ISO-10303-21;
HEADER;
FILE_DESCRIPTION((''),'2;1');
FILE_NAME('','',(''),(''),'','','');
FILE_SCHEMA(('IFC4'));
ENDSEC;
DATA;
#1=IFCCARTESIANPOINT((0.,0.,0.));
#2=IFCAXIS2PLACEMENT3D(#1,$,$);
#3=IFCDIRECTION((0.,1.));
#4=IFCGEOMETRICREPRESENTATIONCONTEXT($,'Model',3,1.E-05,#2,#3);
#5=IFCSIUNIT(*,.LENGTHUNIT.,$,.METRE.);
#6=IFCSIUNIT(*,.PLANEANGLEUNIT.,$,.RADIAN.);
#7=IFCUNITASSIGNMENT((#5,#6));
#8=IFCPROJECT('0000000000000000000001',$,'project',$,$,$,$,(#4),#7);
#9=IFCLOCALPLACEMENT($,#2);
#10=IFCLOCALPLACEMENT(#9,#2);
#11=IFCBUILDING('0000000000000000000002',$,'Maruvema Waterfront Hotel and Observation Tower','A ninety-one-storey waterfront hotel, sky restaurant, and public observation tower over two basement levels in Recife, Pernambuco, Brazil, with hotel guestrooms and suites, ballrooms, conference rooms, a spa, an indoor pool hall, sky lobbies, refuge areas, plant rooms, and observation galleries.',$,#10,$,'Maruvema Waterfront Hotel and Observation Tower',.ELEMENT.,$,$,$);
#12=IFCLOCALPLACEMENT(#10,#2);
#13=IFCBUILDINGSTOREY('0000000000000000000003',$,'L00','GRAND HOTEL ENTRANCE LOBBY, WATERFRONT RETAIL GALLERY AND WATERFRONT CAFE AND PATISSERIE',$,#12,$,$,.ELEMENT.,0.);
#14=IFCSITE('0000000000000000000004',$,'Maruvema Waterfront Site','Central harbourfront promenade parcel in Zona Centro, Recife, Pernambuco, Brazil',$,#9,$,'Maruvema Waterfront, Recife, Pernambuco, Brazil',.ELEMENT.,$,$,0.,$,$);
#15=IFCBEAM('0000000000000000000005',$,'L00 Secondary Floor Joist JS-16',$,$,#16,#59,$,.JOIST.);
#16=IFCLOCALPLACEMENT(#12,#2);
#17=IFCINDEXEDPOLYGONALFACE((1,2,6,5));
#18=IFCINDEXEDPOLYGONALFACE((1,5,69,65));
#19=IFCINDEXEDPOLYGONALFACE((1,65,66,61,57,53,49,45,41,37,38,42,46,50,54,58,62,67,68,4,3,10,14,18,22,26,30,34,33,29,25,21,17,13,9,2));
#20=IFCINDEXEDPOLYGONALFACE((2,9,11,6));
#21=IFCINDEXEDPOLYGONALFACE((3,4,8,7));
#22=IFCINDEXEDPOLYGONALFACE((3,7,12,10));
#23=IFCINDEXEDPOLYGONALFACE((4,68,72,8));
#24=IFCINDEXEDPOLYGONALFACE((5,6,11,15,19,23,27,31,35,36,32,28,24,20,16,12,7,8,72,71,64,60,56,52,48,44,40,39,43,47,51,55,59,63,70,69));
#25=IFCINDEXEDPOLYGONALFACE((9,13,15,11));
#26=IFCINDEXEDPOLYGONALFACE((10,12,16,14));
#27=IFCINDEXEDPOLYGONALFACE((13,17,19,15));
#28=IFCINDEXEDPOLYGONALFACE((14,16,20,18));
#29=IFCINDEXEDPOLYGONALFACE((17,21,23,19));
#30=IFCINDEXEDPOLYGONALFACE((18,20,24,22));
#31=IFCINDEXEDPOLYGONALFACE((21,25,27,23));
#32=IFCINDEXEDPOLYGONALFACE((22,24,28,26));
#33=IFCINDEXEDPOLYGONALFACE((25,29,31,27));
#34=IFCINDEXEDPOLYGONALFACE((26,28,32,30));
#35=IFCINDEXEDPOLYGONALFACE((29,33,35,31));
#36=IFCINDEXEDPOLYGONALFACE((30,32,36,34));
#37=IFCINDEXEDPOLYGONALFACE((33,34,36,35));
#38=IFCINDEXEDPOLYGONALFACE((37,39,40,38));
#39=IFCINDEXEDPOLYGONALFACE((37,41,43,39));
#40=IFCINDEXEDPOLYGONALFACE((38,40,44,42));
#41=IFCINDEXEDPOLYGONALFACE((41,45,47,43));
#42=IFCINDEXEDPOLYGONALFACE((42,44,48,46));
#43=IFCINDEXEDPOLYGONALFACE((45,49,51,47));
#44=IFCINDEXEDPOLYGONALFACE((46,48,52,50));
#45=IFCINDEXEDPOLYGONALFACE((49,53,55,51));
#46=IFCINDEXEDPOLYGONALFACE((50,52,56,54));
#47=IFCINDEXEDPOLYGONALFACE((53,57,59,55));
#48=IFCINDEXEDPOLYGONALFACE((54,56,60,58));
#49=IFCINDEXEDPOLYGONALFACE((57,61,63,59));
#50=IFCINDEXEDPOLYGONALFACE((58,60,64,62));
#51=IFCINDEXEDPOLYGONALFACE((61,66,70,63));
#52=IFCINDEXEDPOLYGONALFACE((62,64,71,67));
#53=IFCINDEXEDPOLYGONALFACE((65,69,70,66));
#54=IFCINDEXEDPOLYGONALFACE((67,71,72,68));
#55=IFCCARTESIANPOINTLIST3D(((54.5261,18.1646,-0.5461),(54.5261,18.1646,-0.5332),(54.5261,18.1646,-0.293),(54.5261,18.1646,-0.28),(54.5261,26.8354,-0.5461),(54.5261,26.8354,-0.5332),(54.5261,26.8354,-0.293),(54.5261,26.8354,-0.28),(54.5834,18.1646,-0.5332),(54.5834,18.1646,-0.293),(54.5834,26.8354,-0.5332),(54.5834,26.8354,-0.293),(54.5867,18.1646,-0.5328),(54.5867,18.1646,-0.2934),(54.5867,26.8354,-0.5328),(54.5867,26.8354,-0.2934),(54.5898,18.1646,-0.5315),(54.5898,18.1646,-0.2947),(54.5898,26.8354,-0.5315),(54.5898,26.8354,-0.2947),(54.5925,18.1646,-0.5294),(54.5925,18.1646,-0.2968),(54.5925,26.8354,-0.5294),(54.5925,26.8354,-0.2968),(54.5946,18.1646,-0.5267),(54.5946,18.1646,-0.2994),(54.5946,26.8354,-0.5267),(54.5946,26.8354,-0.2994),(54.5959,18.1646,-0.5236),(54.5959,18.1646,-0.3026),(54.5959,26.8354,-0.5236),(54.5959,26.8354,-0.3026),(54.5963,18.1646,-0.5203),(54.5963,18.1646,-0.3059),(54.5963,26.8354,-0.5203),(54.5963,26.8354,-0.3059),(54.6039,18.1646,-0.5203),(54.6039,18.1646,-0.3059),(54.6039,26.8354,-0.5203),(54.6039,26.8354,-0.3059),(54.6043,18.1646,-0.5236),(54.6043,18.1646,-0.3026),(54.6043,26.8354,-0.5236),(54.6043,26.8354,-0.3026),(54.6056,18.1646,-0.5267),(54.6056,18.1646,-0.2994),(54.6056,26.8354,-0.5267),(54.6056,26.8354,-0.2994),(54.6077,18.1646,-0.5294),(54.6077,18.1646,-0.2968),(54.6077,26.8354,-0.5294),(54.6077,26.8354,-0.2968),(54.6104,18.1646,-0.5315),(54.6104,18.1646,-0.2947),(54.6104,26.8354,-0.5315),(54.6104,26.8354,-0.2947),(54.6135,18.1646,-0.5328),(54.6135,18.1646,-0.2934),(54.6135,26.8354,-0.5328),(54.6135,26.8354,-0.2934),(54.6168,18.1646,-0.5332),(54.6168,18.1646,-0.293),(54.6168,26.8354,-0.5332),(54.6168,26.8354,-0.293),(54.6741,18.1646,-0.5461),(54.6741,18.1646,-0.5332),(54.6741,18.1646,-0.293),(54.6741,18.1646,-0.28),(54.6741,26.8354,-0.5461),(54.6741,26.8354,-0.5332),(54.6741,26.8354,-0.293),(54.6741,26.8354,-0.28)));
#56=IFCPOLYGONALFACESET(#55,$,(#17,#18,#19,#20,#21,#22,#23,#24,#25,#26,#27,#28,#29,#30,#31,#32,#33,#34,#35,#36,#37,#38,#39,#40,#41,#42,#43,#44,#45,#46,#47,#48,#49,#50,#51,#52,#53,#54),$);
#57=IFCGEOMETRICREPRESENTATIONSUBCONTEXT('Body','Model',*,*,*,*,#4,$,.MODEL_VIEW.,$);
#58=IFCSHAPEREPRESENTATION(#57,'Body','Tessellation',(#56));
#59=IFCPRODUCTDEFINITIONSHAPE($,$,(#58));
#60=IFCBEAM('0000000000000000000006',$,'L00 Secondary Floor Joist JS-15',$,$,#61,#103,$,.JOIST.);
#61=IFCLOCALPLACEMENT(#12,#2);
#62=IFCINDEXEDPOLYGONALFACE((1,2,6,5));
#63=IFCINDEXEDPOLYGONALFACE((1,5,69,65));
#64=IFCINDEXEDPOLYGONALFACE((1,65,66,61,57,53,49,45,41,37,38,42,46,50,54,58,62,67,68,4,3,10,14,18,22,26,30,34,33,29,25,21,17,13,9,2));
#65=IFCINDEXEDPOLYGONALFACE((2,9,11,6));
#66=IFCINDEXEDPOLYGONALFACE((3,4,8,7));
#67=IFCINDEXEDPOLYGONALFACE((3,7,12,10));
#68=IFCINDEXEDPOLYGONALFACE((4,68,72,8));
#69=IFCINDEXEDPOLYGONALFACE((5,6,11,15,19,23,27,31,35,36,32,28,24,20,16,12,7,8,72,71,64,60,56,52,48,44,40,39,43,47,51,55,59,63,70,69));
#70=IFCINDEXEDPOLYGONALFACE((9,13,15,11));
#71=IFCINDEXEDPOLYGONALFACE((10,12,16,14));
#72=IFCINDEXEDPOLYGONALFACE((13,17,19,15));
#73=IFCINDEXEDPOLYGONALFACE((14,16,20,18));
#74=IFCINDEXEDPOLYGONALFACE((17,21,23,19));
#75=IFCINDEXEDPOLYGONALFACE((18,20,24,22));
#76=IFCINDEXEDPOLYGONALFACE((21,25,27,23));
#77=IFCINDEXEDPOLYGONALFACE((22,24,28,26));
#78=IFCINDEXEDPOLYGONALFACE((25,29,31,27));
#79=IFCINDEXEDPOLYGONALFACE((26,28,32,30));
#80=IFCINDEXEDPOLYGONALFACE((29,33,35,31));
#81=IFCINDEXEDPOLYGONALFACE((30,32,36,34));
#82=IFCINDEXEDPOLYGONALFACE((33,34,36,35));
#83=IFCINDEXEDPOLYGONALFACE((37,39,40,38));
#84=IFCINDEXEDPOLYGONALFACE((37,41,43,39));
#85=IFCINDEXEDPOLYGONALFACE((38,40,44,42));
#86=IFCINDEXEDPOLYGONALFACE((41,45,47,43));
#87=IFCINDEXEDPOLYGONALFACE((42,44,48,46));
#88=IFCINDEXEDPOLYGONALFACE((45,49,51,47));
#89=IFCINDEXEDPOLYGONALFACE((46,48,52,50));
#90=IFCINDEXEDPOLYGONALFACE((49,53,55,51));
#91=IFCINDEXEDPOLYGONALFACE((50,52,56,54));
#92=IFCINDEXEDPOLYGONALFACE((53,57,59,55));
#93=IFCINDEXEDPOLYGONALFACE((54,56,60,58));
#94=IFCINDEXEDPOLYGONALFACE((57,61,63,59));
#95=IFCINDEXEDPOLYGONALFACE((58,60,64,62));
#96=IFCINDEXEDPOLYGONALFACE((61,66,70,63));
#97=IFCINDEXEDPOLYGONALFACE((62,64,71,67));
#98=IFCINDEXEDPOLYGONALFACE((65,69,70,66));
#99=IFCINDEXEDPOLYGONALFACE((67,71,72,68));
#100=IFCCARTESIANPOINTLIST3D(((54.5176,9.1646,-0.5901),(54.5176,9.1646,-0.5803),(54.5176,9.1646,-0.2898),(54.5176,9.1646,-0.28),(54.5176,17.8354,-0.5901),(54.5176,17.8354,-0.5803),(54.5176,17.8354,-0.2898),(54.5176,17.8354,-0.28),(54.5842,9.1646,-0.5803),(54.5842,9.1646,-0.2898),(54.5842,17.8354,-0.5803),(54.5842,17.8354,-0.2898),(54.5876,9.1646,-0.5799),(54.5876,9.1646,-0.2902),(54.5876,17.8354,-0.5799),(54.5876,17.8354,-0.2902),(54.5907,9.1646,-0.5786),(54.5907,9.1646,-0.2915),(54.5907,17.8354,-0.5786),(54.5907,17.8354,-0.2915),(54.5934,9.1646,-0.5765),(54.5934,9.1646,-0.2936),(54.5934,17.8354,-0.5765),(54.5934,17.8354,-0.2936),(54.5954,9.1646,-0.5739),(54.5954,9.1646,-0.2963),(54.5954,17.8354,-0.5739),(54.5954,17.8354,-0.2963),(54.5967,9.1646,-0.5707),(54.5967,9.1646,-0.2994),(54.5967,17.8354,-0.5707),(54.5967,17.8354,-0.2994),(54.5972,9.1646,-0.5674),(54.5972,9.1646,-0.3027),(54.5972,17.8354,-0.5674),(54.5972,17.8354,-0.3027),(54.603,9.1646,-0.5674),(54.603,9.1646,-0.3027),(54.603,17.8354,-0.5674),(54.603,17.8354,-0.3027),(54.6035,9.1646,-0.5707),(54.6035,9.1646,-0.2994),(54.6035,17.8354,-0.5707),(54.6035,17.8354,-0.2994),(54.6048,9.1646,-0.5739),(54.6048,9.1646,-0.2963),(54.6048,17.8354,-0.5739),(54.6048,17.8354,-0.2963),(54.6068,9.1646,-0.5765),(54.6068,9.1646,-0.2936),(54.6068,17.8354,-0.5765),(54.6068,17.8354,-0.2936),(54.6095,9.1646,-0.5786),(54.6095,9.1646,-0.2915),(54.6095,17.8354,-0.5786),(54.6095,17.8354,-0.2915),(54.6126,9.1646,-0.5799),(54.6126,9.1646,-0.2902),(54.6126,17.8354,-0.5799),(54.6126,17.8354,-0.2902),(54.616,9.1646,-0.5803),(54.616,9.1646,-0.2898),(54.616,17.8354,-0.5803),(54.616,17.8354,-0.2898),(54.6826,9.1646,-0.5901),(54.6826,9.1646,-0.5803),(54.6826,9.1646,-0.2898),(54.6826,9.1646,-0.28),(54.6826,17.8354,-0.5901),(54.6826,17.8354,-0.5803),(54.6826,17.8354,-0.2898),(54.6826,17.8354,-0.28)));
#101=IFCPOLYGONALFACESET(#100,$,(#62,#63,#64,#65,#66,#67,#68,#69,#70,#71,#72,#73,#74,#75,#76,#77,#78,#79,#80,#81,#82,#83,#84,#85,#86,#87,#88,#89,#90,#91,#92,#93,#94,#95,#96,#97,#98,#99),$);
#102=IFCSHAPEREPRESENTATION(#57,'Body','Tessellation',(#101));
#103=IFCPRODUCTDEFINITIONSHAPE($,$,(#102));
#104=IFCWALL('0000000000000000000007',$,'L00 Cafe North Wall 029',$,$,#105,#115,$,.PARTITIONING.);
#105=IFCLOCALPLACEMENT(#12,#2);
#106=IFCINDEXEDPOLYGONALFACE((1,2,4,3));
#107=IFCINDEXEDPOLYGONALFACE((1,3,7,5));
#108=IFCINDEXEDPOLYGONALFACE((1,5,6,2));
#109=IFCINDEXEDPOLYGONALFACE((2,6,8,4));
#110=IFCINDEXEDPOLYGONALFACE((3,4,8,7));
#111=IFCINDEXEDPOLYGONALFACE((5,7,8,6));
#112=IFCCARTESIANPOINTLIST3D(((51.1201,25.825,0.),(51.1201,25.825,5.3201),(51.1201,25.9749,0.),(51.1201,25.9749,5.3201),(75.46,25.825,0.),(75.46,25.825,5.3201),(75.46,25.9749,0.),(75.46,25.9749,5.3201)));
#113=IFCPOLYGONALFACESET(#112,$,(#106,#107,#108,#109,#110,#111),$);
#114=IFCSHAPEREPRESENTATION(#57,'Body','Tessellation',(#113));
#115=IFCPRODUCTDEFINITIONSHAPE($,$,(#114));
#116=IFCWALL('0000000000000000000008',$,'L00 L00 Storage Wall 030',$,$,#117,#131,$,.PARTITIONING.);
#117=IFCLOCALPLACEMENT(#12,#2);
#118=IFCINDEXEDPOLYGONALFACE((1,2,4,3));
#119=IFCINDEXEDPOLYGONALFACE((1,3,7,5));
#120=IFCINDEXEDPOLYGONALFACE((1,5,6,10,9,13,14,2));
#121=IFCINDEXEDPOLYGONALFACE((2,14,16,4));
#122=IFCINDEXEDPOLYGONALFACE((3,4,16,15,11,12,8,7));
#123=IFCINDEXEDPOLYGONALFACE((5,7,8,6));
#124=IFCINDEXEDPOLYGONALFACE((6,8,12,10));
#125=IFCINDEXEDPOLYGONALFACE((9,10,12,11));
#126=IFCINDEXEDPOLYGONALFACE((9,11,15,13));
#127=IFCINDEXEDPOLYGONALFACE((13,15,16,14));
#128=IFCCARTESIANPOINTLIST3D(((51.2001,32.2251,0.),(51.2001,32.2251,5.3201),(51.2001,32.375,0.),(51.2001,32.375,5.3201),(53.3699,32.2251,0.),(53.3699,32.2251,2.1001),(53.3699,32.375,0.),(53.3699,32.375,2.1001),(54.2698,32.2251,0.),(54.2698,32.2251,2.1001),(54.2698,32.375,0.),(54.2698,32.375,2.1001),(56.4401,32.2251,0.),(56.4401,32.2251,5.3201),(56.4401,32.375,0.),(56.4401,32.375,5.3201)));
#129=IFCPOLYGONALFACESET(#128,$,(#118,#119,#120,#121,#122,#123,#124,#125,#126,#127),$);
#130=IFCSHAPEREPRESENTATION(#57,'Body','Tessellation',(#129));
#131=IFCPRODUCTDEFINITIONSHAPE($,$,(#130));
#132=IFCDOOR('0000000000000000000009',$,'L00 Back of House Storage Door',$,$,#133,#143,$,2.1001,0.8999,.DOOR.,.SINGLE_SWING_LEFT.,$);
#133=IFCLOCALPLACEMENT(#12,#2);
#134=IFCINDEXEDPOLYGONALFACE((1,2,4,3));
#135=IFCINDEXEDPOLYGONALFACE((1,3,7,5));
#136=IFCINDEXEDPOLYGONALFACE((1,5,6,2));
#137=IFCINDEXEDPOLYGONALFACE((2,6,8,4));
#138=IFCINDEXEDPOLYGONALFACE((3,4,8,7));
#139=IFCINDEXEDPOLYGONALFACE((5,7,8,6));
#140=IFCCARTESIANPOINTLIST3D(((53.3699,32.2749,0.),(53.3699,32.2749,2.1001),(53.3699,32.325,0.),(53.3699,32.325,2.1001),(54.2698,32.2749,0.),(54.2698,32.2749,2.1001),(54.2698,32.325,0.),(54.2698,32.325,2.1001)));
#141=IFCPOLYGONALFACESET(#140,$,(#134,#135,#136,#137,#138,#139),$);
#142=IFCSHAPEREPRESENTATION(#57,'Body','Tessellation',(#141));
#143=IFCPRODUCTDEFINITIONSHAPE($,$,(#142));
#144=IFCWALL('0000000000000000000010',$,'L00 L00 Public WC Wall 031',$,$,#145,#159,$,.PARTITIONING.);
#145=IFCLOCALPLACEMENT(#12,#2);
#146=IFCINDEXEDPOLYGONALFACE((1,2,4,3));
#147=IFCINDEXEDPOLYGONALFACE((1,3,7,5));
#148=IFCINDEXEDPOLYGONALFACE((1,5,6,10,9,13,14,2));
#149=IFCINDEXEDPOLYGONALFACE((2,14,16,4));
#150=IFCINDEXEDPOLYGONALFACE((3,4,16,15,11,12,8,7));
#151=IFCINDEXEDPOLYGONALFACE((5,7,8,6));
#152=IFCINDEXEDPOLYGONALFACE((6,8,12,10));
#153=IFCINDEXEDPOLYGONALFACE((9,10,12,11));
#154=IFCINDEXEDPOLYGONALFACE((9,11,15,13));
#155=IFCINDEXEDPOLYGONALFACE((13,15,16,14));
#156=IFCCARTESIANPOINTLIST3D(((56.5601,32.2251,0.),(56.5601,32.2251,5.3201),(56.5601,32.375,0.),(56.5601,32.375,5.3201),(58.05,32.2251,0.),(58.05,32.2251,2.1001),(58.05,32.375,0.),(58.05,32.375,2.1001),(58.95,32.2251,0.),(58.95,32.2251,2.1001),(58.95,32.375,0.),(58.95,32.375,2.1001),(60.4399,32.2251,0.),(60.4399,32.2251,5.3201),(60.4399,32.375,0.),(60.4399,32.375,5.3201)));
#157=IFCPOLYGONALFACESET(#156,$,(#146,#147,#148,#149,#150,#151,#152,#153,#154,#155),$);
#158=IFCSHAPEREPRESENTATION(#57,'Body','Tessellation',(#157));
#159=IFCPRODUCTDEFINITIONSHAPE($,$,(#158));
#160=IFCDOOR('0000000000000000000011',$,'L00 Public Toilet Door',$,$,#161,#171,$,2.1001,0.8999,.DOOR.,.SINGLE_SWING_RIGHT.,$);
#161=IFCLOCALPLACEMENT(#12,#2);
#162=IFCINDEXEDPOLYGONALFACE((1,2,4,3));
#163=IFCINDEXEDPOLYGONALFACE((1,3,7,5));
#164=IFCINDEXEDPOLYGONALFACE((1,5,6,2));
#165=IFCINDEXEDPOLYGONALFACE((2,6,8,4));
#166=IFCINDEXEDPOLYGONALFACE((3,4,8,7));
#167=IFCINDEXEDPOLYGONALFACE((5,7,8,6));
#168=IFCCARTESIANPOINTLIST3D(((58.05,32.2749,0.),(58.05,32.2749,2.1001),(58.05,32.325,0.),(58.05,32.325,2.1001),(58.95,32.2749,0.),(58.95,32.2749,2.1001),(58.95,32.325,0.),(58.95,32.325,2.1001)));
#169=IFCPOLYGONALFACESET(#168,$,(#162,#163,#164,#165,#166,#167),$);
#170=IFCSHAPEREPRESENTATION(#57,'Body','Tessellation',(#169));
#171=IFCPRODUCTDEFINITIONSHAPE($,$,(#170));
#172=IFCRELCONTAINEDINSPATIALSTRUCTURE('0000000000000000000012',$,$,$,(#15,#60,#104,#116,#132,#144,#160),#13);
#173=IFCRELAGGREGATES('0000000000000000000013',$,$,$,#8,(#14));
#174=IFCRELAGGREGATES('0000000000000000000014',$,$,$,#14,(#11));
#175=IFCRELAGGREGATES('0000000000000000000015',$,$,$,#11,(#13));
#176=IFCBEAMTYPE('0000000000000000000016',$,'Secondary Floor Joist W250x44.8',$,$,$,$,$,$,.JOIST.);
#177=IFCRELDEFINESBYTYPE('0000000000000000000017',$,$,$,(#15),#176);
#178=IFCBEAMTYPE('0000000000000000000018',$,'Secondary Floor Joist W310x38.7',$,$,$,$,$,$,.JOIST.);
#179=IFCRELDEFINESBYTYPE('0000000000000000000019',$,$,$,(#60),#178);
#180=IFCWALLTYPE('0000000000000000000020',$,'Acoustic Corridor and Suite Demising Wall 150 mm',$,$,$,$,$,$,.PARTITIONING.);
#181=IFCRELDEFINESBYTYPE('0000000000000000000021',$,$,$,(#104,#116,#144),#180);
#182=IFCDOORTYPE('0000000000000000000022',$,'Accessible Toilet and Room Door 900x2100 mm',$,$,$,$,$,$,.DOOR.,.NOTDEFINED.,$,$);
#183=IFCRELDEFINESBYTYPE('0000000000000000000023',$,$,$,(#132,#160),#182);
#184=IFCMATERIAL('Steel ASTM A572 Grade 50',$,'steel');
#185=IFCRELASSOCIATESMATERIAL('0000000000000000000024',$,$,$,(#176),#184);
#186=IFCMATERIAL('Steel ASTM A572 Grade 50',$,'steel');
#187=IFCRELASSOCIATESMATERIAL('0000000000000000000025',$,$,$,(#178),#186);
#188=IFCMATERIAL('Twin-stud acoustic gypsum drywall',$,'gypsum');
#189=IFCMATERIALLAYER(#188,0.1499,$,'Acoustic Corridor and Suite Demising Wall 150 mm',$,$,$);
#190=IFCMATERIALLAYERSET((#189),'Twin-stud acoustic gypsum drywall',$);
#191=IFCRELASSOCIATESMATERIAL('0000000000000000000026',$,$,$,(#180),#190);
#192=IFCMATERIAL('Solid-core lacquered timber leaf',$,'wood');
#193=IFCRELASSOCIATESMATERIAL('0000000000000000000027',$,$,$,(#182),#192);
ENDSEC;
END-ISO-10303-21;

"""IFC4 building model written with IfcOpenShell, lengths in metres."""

from ifc_helpers import new_model, si_unit, direction, frame, frame_2d, origin, origin_2d, place, context, subcontext, project, spatial, rectangle, i_section, extrude, material, layer, layer_set, material_profile, profile_set, type_object, element, fill, save


model = new_model("IFC4")

# Units and contexts
model_context = context("Model", 3, precision=1e-05, world=origin(), true_north=direction((0.0, 1.0)))
body_context = subcontext(model_context, "Body", "Model", "MODEL_VIEW")
ifc_project = project(units=[si_unit("LENGTHUNIT", "METRE"), si_unit("PLANEANGLEUNIT", "RADIAN")], contexts=[model_context])

# Site, building, storey
site_placement = place(None, origin())
site = spatial("IfcSite", under=ifc_project, at=site_placement, Name="Maruvema Waterfront Site", Description="Central harbourfront promenade parcel in Zona Centro, Recife, Pernambuco, Brazil", LongName="Maruvema Waterfront, Recife, Pernambuco, Brazil", CompositionType="ELEMENT", RefElevation=0.0)
building_placement = place(site_placement, origin())
building = spatial("IfcBuilding", under=site, at=building_placement, Name="Maruvema Waterfront Hotel and Observation Tower", Description="A ninety-one-storey waterfront hotel, sky restaurant, and public observation tower over two basement levels in Recife, Pernambuco, Brazil, with hotel guestrooms and suites, ballrooms, conference rooms, a spa, an indoor pool hall, sky lobbies, refuge areas, plant rooms, and observation galleries.", LongName="Maruvema Waterfront Hotel and Observation Tower", CompositionType="ELEMENT")
storey_placement = place(building_placement, origin())
storey = spatial("IfcBuildingStorey", under=building, at=storey_placement, Name="L00", Description="GRAND HOTEL ENTRANCE LOBBY, WATERFRONT RETAIL GALLERY AND WATERFRONT CAFE AND PATISSERIE", CompositionType="ELEMENT", Elevation=0.0)

# Beams
ifc_material_1 = material(Name="Steel ASTM A572 Grade 50", Category="steel")
ifc_material_profile_1 = material_profile(ifc_material_1, i_section(OverallWidth=0.1479, OverallDepth=0.2661, WebThickness=0.0076, FlangeThickness=0.0129, FilletRadius=0.0129, at=origin_2d()), Name="W250x44.8")
ifc_profile_set_1 = profile_set([ifc_material_profile_1], Name="Steel ASTM A572 Grade 50")
beam_type_1 = type_object("IfcBeamType", Name="Secondary Floor Joist W250x44.8", PredefinedType="JOIST", material=ifc_profile_set_1)
beam_1_placement = place(storey_placement, frame((54.6001, 18.1646, -0.4131), z_axis=(0.0, 1.0, 0.0), x_axis=(-1.0, 0.0, 0.0)))
element("IfcBeam", 1, at=beam_1_placement, inside=storey, type_object=beam_type_1, Name="L00 Secondary Floor Joist JS-16", PredefinedType="JOIST", context=body_context, shape_type="SweptSolid", body=[
    extrude(i_section(OverallWidth=0.1479, OverallDepth=0.2661, WebThickness=0.0076, FlangeThickness=0.0129, FilletRadius=0.0129, at=origin_2d()), origin(), (0.0, 0.0, 1.0), 8.6709),
])
ifc_material_2 = material(Name="Steel ASTM A572 Grade 50", Category="steel")
ifc_material_profile_2 = material_profile(ifc_material_2, i_section(OverallWidth=0.165, OverallDepth=0.3101, WebThickness=0.0059, FlangeThickness=0.0098, FilletRadius=0.0129, at=origin_2d()), Name="W310x38.7")
ifc_profile_set_2 = profile_set([ifc_material_profile_2], Name="Steel ASTM A572 Grade 50")
beam_type_2 = type_object("IfcBeamType", Name="Secondary Floor Joist W310x38.7", PredefinedType="JOIST", material=ifc_profile_set_2)
beam_2_placement = place(storey_placement, frame((54.6001, 9.1646, -0.4351), z_axis=(0.0, 1.0, 0.0), x_axis=(-1.0, 0.0, 0.0)))
element("IfcBeam", 2, at=beam_2_placement, inside=storey, type_object=beam_type_2, Name="L00 Secondary Floor Joist JS-15", PredefinedType="JOIST", context=body_context, shape_type="SweptSolid", body=[
    extrude(i_section(OverallWidth=0.165, OverallDepth=0.3101, WebThickness=0.0059, FlangeThickness=0.0098, FilletRadius=0.0129, at=origin_2d()), origin(), (0.0, 0.0, 1.0), 8.6709),
])

# Wall
ifc_material_3 = material(Name="Twin-stud acoustic gypsum drywall", Category="gypsum")
ifc_layer_1 = layer(ifc_material_3, 0.1499, Name="Acoustic Corridor and Suite Demising Wall 150 mm")
ifc_layer_set_1 = layer_set([ifc_layer_1], Name="Twin-stud acoustic gypsum drywall")
wall_type_1 = type_object("IfcWallType", Name="Acoustic Corridor and Suite Demising Wall 150 mm", PredefinedType="PARTITIONING", material=ifc_layer_set_1)
wall_1_placement = place(storey_placement, frame((51.1201, 25.8999, 0.0), z_axis=(0.0, 0.0, 1.0), x_axis=(1.0, 0.0, 0.0)))
element("IfcWall", 3, at=wall_1_placement, inside=storey, type_object=wall_type_1, Name="L00 Cafe North Wall 029", PredefinedType="PARTITIONING", context=body_context, shape_type="SweptSolid", body=[
    extrude(rectangle(XDim=24.3398, YDim=0.1499, at=frame_2d((12.1699, 0.0))), origin(), (0.0, 0.0, 1.0), 5.3201),
])

# Walls, openings, doors
wall_2_placement = place(storey_placement, frame((51.2, 32.3, 0.0), z_axis=(0.0, 0.0, 1.0), x_axis=(1.0, 0.0, 0.0)))
wall_2 = element("IfcWall", 4, at=wall_2_placement, inside=storey, type_object=wall_type_1, Name="L00 L00 Storage Wall 030", PredefinedType="PARTITIONING", context=body_context, shape_type="SweptSolid", body=[
    extrude(rectangle(XDim=5.24, YDim=0.1499, at=frame_2d((2.6201, 0.0))), origin(), (0.0, 0.0, 1.0), 5.3201),
])
opening_1_placement = place(wall_2_placement, frame((2.1699, 0.0, 0.0)))
opening_1 = element("IfcOpeningElement", 5, at=opening_1_placement, cuts=wall_2, PredefinedType="OPENING", context=body_context, shape_type="SweptSolid", body=[
    extrude(rectangle(XDim=0.8999, YDim=2.1001, at=frame_2d((0.45, 1.05))), frame((0.0, 0.085, 0.0), z_axis=(0.0, -1.0, 0.0), x_axis=(1.0, 0.0, 0.0)), (0.0, 0.0, 1.0), 0.1699),
])
ifc_material_4 = material(Name="Solid-core lacquered timber leaf", Category="wood")
door_type_1 = type_object("IfcDoorType", Name="Accessible Toilet and Room Door 900x2100 mm", OperationType="NOTDEFINED", PredefinedType="DOOR", material=ifc_material_4)
door_1_placement = place(opening_1_placement, origin())
door_1 = element("IfcDoor", 6, at=door_1_placement, inside=storey, type_object=door_type_1, Name="L00 Back of House Storage Door", OperationType="SINGLE_SWING_LEFT", OverallHeight=2.1001, OverallWidth=0.8999, PredefinedType="DOOR", context=body_context, shape_type="SweptSolid", body=[
    extrude(rectangle(XDim=0.8999, YDim=2.1001, at=frame_2d((0.45, 1.05))), frame((0.0, 0.0249, 0.0), z_axis=(0.0, -1.0, 0.0), x_axis=(1.0, 0.0, 0.0)), (0.0, 0.0, 1.0), 0.05),
])
fill(opening_1, door_1)
wall_3_placement = place(storey_placement, frame((56.5601, 32.3, 0.0), z_axis=(0.0, 0.0, 1.0), x_axis=(1.0, 0.0, 0.0)))
wall_3 = element("IfcWall", 7, at=wall_3_placement, inside=storey, type_object=wall_type_1, Name="L00 L00 Public WC Wall 031", PredefinedType="PARTITIONING", context=body_context, shape_type="SweptSolid", body=[
    extrude(rectangle(XDim=3.8799, YDim=0.1499, at=frame_2d((1.9399, 0.0))), origin(), (0.0, 0.0, 1.0), 5.3201),
])
opening_2_placement = place(wall_3_placement, frame((1.49, 0.0, 0.0)))
opening_2 = element("IfcOpeningElement", 8, at=opening_2_placement, cuts=wall_3, PredefinedType="OPENING", context=body_context, shape_type="SweptSolid", body=[
    extrude(rectangle(XDim=0.8999, YDim=2.1001, at=frame_2d((0.45, 1.05))), frame((0.0, 0.085, 0.0), z_axis=(0.0, -1.0, 0.0), x_axis=(1.0, 0.0, 0.0)), (0.0, 0.0, 1.0), 0.1699),
])
door_2_placement = place(opening_2_placement, origin())
door_2 = element("IfcDoor", 9, at=door_2_placement, inside=storey, type_object=door_type_1, Name="L00 Public Toilet Door", OperationType="SINGLE_SWING_RIGHT", OverallHeight=2.1001, OverallWidth=0.8999, PredefinedType="DOOR", context=body_context, shape_type="SweptSolid", body=[
    extrude(rectangle(XDim=0.8999, YDim=2.1001, at=frame_2d((0.45, 1.05))), frame((0.0, 0.0249, 0.0), z_axis=(0.0, -1.0, 0.0), x_axis=(1.0, 0.0, 0.0)), (0.0, 0.0, 1.0), 0.05),
])
fill(opening_2, door_2)

save(model, "model.ifc")
